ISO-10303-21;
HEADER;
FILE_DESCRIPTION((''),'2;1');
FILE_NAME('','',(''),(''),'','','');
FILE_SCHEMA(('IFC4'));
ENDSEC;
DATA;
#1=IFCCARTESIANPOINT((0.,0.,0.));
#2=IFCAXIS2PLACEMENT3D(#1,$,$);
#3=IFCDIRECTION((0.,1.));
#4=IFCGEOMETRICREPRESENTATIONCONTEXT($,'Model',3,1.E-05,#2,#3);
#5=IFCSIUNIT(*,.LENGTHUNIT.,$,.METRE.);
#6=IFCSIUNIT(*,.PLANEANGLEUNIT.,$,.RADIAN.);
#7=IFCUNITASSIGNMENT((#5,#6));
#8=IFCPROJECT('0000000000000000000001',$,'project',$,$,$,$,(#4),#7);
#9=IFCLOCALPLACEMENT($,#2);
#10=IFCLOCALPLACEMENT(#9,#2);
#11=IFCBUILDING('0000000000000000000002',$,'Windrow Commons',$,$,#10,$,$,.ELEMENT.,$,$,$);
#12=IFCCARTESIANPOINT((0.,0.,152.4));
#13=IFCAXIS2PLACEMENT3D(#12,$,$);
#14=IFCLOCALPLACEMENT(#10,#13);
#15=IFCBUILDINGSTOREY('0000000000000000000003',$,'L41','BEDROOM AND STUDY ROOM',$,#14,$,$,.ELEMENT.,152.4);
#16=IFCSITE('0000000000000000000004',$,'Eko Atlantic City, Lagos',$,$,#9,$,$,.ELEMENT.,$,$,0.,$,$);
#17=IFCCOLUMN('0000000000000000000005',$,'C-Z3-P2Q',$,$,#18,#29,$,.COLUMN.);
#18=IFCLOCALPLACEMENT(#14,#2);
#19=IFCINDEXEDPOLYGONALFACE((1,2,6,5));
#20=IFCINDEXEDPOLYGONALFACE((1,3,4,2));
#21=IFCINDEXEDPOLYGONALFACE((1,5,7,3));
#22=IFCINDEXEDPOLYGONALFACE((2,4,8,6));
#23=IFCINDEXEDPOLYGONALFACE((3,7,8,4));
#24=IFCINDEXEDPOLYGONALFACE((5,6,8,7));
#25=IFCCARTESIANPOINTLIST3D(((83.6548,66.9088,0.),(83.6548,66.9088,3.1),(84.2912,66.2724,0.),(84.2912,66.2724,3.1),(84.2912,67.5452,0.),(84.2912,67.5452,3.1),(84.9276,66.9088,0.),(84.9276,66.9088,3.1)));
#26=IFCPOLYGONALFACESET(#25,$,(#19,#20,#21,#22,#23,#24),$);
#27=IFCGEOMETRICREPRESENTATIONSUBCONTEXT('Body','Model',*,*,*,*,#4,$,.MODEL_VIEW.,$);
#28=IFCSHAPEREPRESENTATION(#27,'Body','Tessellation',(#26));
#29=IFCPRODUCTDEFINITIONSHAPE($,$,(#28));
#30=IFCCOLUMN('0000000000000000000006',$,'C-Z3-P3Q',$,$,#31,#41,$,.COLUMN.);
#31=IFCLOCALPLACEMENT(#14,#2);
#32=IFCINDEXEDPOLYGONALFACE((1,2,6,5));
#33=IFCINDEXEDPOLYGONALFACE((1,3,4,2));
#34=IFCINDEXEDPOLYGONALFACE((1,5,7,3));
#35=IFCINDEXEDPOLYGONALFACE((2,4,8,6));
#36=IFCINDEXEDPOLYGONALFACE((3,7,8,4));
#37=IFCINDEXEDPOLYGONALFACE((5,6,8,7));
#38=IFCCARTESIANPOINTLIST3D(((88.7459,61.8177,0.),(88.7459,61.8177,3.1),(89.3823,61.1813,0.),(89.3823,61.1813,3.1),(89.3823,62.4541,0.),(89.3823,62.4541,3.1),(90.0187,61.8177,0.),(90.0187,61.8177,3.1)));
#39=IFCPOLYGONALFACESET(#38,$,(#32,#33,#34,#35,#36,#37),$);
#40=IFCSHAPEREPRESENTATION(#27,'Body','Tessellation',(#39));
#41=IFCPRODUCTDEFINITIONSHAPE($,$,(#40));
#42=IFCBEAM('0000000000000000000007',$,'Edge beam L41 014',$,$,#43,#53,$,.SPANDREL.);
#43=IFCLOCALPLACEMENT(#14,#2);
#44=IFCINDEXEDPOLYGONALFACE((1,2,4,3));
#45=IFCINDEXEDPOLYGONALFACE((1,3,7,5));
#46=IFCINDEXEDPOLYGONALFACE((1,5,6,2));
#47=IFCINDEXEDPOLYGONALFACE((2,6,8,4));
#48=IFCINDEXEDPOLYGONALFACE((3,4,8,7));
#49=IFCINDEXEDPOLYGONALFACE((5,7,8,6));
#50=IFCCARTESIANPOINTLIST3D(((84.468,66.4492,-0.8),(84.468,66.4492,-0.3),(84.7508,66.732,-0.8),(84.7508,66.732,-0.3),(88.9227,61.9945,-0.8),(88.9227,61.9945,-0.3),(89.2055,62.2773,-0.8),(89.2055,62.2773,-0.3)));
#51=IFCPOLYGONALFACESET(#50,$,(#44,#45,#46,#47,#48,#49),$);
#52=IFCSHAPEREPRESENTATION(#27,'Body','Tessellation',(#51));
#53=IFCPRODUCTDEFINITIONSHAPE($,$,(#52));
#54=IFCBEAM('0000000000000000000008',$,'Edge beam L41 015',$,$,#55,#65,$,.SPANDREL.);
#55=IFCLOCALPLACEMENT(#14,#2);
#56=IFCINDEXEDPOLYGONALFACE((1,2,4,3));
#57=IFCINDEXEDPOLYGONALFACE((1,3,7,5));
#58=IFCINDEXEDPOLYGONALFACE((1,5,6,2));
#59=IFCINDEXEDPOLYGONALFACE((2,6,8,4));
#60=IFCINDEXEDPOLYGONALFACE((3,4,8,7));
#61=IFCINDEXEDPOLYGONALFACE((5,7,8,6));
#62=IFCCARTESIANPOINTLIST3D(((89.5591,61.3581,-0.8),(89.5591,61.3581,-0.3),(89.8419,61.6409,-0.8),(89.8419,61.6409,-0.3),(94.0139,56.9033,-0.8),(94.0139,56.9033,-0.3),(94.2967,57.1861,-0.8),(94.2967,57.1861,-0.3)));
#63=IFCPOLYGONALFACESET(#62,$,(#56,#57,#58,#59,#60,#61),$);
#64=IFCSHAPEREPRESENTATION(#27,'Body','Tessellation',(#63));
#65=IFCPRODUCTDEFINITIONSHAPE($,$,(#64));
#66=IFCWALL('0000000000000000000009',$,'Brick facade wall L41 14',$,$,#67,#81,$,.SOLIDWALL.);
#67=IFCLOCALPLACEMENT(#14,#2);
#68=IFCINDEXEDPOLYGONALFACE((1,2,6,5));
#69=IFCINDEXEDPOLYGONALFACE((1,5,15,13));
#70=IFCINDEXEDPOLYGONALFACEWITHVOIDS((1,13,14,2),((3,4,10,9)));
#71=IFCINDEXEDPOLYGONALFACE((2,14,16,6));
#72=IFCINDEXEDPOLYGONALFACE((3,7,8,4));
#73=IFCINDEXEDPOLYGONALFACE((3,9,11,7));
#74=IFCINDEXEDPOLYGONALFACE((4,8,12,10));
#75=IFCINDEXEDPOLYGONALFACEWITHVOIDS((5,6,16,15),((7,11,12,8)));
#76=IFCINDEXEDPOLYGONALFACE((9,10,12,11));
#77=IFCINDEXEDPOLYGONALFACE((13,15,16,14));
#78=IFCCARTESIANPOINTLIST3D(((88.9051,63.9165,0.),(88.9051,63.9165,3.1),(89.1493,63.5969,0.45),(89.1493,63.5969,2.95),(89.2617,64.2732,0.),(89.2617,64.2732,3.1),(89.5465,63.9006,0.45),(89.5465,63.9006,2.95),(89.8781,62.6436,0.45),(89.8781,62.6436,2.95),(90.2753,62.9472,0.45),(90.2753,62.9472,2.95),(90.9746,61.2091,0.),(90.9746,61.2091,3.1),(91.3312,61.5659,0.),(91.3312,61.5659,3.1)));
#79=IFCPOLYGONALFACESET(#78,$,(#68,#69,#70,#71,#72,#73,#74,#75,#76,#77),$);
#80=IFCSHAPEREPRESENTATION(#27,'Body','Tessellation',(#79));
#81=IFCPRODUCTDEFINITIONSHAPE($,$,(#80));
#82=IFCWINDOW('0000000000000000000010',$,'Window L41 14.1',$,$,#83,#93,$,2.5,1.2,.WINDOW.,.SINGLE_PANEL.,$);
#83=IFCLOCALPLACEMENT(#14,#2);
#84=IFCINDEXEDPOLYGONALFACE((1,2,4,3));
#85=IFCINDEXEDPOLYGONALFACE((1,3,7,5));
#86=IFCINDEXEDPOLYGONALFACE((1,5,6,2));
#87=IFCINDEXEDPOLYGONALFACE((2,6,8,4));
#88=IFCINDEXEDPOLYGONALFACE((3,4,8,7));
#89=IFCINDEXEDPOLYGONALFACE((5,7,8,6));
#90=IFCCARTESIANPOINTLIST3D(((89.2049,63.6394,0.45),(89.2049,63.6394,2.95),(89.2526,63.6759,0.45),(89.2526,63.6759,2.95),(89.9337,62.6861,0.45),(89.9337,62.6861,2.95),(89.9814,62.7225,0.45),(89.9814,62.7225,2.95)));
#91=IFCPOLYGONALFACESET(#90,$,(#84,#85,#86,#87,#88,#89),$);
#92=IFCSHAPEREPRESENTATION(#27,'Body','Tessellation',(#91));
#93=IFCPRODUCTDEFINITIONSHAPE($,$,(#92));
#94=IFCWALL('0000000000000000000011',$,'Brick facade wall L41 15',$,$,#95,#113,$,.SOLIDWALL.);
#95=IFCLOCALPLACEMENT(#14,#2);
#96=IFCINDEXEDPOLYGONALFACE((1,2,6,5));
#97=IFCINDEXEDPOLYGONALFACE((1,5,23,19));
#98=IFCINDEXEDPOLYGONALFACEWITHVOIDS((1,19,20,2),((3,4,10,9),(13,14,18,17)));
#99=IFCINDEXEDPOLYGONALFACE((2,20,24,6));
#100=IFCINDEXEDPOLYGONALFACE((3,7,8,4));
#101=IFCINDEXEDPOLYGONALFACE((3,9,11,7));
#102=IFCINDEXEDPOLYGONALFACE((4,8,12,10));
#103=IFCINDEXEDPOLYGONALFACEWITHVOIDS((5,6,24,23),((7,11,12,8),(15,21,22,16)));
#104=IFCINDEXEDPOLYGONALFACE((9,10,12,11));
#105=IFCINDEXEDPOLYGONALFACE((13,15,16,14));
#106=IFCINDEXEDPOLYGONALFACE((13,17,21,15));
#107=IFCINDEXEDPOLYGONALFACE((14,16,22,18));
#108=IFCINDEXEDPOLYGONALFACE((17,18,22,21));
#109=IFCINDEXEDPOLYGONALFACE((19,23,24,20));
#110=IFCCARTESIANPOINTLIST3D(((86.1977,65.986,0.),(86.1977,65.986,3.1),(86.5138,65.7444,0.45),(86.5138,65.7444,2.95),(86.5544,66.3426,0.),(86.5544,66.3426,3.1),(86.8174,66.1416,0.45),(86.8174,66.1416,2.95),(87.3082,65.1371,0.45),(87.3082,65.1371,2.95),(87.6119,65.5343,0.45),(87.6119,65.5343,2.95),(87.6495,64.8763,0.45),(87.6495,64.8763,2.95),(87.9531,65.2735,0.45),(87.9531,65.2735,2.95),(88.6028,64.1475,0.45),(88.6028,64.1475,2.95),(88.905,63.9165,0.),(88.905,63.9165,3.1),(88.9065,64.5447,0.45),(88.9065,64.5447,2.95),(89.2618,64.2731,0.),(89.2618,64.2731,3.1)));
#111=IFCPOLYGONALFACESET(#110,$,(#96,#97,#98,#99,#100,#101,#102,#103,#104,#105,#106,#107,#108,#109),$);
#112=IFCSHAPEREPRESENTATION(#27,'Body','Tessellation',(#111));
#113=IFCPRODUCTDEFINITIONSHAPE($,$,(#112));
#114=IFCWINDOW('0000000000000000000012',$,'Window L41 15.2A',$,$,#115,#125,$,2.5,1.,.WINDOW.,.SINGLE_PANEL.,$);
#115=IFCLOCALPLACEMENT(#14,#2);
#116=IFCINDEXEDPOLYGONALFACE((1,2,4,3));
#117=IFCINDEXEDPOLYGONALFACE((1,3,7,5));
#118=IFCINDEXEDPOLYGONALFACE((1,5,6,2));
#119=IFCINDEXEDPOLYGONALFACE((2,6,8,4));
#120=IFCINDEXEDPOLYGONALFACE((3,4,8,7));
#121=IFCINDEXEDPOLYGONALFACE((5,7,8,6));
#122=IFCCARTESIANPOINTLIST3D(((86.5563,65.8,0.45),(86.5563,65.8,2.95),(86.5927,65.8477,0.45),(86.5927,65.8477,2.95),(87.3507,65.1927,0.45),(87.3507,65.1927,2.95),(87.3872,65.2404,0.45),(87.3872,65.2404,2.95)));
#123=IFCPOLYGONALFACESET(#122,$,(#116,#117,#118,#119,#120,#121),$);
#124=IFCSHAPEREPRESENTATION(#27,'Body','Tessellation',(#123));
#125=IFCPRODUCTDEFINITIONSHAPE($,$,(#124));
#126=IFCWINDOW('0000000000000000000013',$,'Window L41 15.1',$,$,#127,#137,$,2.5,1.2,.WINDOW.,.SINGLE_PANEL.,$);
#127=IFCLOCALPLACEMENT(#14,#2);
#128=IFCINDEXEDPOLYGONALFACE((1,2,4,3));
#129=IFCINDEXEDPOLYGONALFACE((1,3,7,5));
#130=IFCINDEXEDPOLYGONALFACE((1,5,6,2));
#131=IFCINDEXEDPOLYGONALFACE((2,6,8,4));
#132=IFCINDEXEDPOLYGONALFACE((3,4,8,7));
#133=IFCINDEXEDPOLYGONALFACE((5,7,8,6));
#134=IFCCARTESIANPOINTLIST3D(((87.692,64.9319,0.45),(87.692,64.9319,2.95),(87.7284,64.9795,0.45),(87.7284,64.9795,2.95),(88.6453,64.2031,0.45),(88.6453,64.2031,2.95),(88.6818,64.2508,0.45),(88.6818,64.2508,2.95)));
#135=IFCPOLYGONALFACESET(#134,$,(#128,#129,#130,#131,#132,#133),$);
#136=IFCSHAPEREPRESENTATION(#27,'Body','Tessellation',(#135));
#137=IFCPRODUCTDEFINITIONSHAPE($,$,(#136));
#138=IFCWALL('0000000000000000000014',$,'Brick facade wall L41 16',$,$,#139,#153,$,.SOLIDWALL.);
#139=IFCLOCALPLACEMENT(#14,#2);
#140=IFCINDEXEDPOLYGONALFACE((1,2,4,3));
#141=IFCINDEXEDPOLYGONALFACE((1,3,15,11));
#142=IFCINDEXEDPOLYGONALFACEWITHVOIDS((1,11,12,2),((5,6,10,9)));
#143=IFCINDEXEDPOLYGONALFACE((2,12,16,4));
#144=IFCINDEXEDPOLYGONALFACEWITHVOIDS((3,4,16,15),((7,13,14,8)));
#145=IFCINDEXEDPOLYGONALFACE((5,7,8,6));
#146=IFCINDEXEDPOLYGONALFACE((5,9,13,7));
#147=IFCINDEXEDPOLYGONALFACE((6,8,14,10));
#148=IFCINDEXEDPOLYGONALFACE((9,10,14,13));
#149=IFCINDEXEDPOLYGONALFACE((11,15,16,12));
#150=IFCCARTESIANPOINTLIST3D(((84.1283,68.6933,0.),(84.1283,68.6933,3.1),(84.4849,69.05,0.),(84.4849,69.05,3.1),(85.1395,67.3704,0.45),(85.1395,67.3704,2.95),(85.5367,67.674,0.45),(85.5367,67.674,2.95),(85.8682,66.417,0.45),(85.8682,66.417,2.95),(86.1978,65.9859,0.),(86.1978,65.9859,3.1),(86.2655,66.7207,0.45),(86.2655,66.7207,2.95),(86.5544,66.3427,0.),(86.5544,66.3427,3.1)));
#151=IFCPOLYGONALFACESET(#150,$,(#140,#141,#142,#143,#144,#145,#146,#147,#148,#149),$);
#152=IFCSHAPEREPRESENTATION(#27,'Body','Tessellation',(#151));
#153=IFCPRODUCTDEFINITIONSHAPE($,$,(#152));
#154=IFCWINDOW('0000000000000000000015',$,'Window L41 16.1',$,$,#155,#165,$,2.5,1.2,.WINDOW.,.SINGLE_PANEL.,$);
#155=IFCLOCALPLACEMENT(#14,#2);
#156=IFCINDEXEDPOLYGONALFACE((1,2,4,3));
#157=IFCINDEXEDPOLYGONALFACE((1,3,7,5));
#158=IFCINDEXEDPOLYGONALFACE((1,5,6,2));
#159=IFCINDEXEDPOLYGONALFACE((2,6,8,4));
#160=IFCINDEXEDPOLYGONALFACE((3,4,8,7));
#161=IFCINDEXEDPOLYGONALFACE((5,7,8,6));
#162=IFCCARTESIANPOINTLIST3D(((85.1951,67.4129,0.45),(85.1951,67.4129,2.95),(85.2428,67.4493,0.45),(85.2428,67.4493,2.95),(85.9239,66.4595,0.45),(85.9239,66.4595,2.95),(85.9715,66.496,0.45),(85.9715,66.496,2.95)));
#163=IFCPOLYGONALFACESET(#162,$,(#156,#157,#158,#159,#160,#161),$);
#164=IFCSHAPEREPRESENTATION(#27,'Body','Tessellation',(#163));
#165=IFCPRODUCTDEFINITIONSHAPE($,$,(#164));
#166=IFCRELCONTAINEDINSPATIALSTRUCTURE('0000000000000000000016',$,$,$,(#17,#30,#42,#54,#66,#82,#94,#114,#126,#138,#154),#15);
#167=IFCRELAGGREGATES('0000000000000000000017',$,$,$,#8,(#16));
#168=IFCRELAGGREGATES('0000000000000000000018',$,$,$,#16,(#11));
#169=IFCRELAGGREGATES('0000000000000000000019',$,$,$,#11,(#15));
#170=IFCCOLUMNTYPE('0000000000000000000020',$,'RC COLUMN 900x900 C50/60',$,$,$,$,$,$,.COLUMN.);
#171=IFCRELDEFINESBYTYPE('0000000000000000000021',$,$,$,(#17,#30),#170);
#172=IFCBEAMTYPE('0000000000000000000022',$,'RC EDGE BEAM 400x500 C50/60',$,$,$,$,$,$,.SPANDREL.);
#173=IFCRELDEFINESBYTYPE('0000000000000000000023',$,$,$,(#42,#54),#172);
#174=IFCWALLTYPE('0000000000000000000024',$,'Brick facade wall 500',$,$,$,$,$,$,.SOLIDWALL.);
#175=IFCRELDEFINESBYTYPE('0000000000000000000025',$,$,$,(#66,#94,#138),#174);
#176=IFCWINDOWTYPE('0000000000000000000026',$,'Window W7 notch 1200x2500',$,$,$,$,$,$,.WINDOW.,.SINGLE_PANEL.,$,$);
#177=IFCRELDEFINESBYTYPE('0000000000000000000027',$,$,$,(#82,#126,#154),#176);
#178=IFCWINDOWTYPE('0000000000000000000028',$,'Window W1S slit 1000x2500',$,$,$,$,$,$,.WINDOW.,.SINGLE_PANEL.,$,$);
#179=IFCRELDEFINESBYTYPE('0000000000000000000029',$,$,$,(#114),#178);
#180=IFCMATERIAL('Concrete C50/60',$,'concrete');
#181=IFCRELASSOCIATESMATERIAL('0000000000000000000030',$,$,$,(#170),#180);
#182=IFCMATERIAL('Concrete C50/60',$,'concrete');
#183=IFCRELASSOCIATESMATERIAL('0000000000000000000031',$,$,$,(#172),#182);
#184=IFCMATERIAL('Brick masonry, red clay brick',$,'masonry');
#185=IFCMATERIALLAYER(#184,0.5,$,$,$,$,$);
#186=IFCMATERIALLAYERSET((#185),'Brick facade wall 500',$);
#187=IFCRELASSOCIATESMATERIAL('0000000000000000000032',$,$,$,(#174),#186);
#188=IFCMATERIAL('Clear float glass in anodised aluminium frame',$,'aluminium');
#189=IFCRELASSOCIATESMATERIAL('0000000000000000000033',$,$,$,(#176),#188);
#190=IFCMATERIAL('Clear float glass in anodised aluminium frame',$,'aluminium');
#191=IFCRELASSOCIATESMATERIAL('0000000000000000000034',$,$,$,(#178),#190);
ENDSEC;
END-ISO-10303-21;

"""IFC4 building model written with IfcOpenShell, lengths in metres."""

from ifc_helpers import new_model, si_unit, direction, frame, frame_2d, origin, origin_2d, place, context, subcontext, project, spatial, polyline, rectangle, outline, extrude, material, layer, layer_set, material_profile, profile_set, type_object, element, fill, save


model = new_model("IFC4")

# Units and contexts
model_context = context("Model", 3, precision=1e-05, world=origin(), true_north=direction((0.0, 1.0)))
body_context = subcontext(model_context, "Body", "Model", "MODEL_VIEW")
ifc_project = project(units=[si_unit("LENGTHUNIT", "METRE"), si_unit("PLANEANGLEUNIT", "RADIAN")], contexts=[model_context])

# Site, building, storey
site_placement = place(None, origin())
site = spatial("IfcSite", under=ifc_project, at=site_placement, Name="Eko Atlantic City, Lagos", CompositionType="ELEMENT", RefElevation=0.0)
building_placement = place(site_placement, origin())
building = spatial("IfcBuilding", under=site, at=building_placement, Name="Windrow Commons", CompositionType="ELEMENT")
storey_placement = place(building_placement, frame((0.0, 0.0, 152.4)))
storey = spatial("IfcBuildingStorey", under=building, at=storey_placement, Name="L41", Description="BEDROOM AND STUDY ROOM", CompositionType="ELEMENT", Elevation=152.4)

# Columns
ifc_material_1 = material(Name="Concrete C50/60", Category="concrete")
ifc_material_profile_1 = material_profile(ifc_material_1, rectangle(XDim=0.9, YDim=0.9, at=origin_2d()))
ifc_profile_set_1 = profile_set([ifc_material_profile_1], Name="Concrete C50/60")
column_type = type_object("IfcColumnType", Name="RC COLUMN 900x900 C50/60", PredefinedType="COLUMN", material=ifc_profile_set_1)
for number, where, z_axis, x_axis, name in (
    (1, (84.2912, 66.9088, 0.0), (0.0, 0.0, 1.0), (0.707107, -0.707107, 0.0), "C-Z3-P2Q"),
    (2, (89.3823, 61.8177, 0.0), (0.0, 0.0, 1.0), (0.707107, -0.707107, 0.0), "C-Z3-P3Q"),
):
    element("IfcColumn", number, at=place(storey_placement, frame(where, z_axis=z_axis, x_axis=x_axis)), inside=storey, type_object=column_type, Name=name, PredefinedType="COLUMN", context=body_context, shape_type="SweptSolid", body=[
        extrude(rectangle(XDim=0.9, YDim=0.9, at=origin_2d()), origin(), (0.0, 0.0, 1.0), 3.1),
    ])

# Beams
ifc_material_2 = material(Name="Concrete C50/60", Category="concrete")
ifc_material_profile_2 = material_profile(ifc_material_2, rectangle(XDim=0.4, YDim=0.5, at=origin_2d()))
ifc_profile_set_2 = profile_set([ifc_material_profile_2], Name="Concrete C50/60")
beam_type = type_object("IfcBeamType", Name="RC EDGE BEAM 400x500 C50/60", PredefinedType="SPANDREL", material=ifc_profile_set_2)
beam_1_placement = place(storey_placement, frame((84.6094, 66.5906, -0.55), z_axis=(0.707107, -0.707107, 0.0), x_axis=(0.707107, 0.707107, 0.0)))
element("IfcBeam", 3, at=beam_1_placement, inside=storey, type_object=beam_type, Name="Edge beam L41 014", PredefinedType="SPANDREL", context=body_context, shape_type="SweptSolid", body=[
    extrude(rectangle(XDim=0.4, YDim=0.5, at=origin_2d()), origin(), (0.0, 0.0, 1.0), 6.2999),
])
beam_2_placement = place(storey_placement, frame((89.7005, 61.4995, -0.55), z_axis=(0.707107, -0.707107, 0.0), x_axis=(0.707107, 0.707107, 0.0)))
element("IfcBeam", 4, at=beam_2_placement, inside=storey, type_object=beam_type, Name="Edge beam L41 015", PredefinedType="SPANDREL", context=body_context, shape_type="SweptSolid", body=[
    extrude(rectangle(XDim=0.4, YDim=0.5, at=origin_2d()), origin(), (0.0, 0.0, 1.0), 6.3),
])

# Wall, opening, window
ifc_material_3 = material(Name="Brick masonry, red clay brick", Category="masonry")
ifc_layer_1 = layer(ifc_material_3, 0.5)
ifc_layer_set_1 = layer_set([ifc_layer_1], Name="Brick facade wall 500")
wall_type_1 = type_object("IfcWallType", Name="Brick facade wall 500", PredefinedType="SOLIDWALL", material=ifc_layer_set_1)
wall_1_placement = place(storey_placement, frame((91.1529, 61.3875, 0.0), z_axis=(0.0, 0.0, 1.0), x_axis=(-0.607304, 0.794469, 0.0)))
wall_1 = element("IfcWall", 5, at=wall_1_placement, inside=storey, type_object=wall_type_1, Name="Brick facade wall L41 14", PredefinedType="SOLIDWALL", context=body_context, shape_type="SweptSolid", body=[
    extrude(outline(polyline([(0.0334, -0.25), (3.4411, -0.25), (3.3743, 0.25), (-0.0334, 0.25), (0.0334, -0.25)])), origin(), (0.0, 0.0, 1.0), 3.1),
])
opening_1_placement = place(wall_1_placement, frame((1.7721, 0.0, 0.45)))
opening_1 = element("IfcOpeningElement", 6, at=opening_1_placement, cuts=wall_1, PredefinedType="OPENING", context=body_context, shape_type="SweptSolid", body=[
    extrude(rectangle(XDim=1.2, YDim=2.5, at=frame_2d((0.6, 1.25))), frame((0.0, 0.26, 0.0), z_axis=(0.0, -1.0, 0.0), x_axis=(1.0, 0.0, 0.0)), (0.0, 0.0, 1.0), 0.52),
])
ifc_material_4 = material(Name="Clear float glass in anodised aluminium frame", Category="aluminium")
window_type_1 = type_object("IfcWindowType", Name="Window W7 notch 1200x2500", PartitioningType="SINGLE_PANEL", PredefinedType="WINDOW", material=ifc_material_4)
window_1_placement = place(opening_1_placement, origin())
window_1 = element("IfcWindow", 7, at=window_1_placement, inside=storey, type_object=window_type_1, Name="Window L41 14.1", OverallHeight=2.5, OverallWidth=1.2, PartitioningType="SINGLE_PANEL", PredefinedType="WINDOW", context=body_context, shape_type="SweptSolid", body=[
    extrude(rectangle(XDim=1.2, YDim=2.5, at=frame_2d((0.6, 1.25))), frame((0.0, 0.18, 0.0), z_axis=(0.0, -1.0, 0.0), x_axis=(1.0, 0.0, 0.0)), (0.0, 0.0, 1.0), 0.06),
])
fill(opening_1, window_1)

# Wall, openings, windows
wall_2_placement = place(storey_placement, frame((89.0834, 64.0948, 0.0), z_axis=(0.0, 0.0, 1.0), x_axis=(-0.794469, 0.607304, 0.0)))
wall_2 = element("IfcWall", 8, at=wall_2_placement, inside=storey, type_object=wall_type_1, Name="Brick facade wall L41 15", PredefinedType="SOLIDWALL", context=body_context, shape_type="SweptSolid", body=[
    extrude(outline(polyline([(-0.0334, -0.25), (3.3743, -0.25), (3.4411, 0.25), (0.0334, 0.25), (-0.0334, -0.25)])), origin(), (0.0, 0.0, 1.0), 3.1),
])
opening_2_placement = place(wall_2_placement, frame((0.4138, 0.0, 0.45)))
opening_2 = element("IfcOpeningElement", 9, at=opening_2_placement, cuts=wall_2, PredefinedType="OPENING", context=body_context, shape_type="SweptSolid", body=[
    extrude(rectangle(XDim=1.2, YDim=2.5, at=frame_2d((0.6, 1.25))), frame((0.0, 0.26, 0.0), z_axis=(0.0, -1.0, 0.0), x_axis=(1.0, 0.0, 0.0)), (0.0, 0.0, 1.0), 0.52),
])
opening_3_placement = place(wall_2_placement, frame((2.0433, 0.0, 0.45)))
opening_3 = element("IfcOpeningElement", 10, at=opening_3_placement, cuts=wall_2, PredefinedType="OPENING", context=body_context, shape_type="SweptSolid", body=[
    extrude(rectangle(XDim=1.0, YDim=2.5, at=frame_2d((0.5, 1.25))), frame((0.0, 0.26, 0.0), z_axis=(0.0, -1.0, 0.0), x_axis=(1.0, 0.0, 0.0)), (0.0, 0.0, 1.0), 0.52),
])
ifc_material_5 = material(Name="Clear float glass in anodised aluminium frame", Category="aluminium")
window_type_2 = type_object("IfcWindowType", Name="Window W1S slit 1000x2500", PartitioningType="SINGLE_PANEL", PredefinedType="WINDOW", material=ifc_material_5)
window_2_placement = place(opening_3_placement, origin())
window_2 = element("IfcWindow", 11, at=window_2_placement, inside=storey, type_object=window_type_2, Name="Window L41 15.2A", OverallHeight=2.5, OverallWidth=1.0, PartitioningType="SINGLE_PANEL", PredefinedType="WINDOW", context=body_context, shape_type="SweptSolid", body=[
    extrude(rectangle(XDim=1.0, YDim=2.5, at=frame_2d((0.5, 1.25))), frame((0.0, 0.18, 0.0), z_axis=(0.0, -1.0, 0.0), x_axis=(1.0, 0.0, 0.0)), (0.0, 0.0, 1.0), 0.06),
])
fill(opening_3, window_2)
window_3_placement = place(opening_2_placement, origin())
window_3 = element("IfcWindow", 12, at=window_3_placement, inside=storey, type_object=window_type_1, Name="Window L41 15.1", OverallHeight=2.5, OverallWidth=1.2, PartitioningType="SINGLE_PANEL", PredefinedType="WINDOW", context=body_context, shape_type="SweptSolid", body=[
    extrude(rectangle(XDim=1.2, YDim=2.5, at=frame_2d((0.6, 1.25))), frame((0.0, 0.18, 0.0), z_axis=(0.0, -1.0, 0.0), x_axis=(1.0, 0.0, 0.0)), (0.0, 0.0, 1.0), 0.06),
])
fill(opening_2, window_3)

# Wall, opening, window
wall_3_placement = place(storey_placement, frame((86.3761, 66.1643, 0.0), z_axis=(0.0, 0.0, 1.0), x_axis=(-0.607304, 0.794469, 0.0)))
wall_3 = element("IfcWall", 13, at=wall_3_placement, inside=storey, type_object=wall_type_1, Name="Brick facade wall L41 16", PredefinedType="SOLIDWALL", context=body_context, shape_type="SweptSolid", body=[
    extrude(outline(polyline([(0.0334, -0.25), (3.4411, -0.25), (3.3743, 0.25), (-0.0334, 0.25), (0.0334, -0.25)])), origin(), (0.0, 0.0, 1.0), 3.1),
])
opening_4_placement = place(wall_3_placement, frame((0.5092, 0.0, 0.45)))
opening_4 = element("IfcOpeningElement", 14, at=opening_4_placement, cuts=wall_3, PredefinedType="OPENING", context=body_context, shape_type="SweptSolid", body=[
    extrude(rectangle(XDim=1.2, YDim=2.5, at=frame_2d((0.6, 1.25))), frame((0.0, 0.26, 0.0), z_axis=(0.0, -1.0, 0.0), x_axis=(1.0, 0.0, 0.0)), (0.0, 0.0, 1.0), 0.52),
])
window_4_placement = place(opening_4_placement, origin())
window_4 = element("IfcWindow", 15, at=window_4_placement, inside=storey, type_object=window_type_1, Name="Window L41 16.1", OverallHeight=2.5, OverallWidth=1.2, PartitioningType="SINGLE_PANEL", PredefinedType="WINDOW", context=body_context, shape_type="SweptSolid", body=[
    extrude(rectangle(XDim=1.2, YDim=2.5, at=frame_2d((0.6, 1.25))), frame((0.0, 0.18, 0.0), z_axis=(0.0, -1.0, 0.0), x_axis=(1.0, 0.0, 0.0)), (0.0, 0.0, 1.0), 0.06),
])
fill(opening_4, window_4)

save(model, "model.ifc")
